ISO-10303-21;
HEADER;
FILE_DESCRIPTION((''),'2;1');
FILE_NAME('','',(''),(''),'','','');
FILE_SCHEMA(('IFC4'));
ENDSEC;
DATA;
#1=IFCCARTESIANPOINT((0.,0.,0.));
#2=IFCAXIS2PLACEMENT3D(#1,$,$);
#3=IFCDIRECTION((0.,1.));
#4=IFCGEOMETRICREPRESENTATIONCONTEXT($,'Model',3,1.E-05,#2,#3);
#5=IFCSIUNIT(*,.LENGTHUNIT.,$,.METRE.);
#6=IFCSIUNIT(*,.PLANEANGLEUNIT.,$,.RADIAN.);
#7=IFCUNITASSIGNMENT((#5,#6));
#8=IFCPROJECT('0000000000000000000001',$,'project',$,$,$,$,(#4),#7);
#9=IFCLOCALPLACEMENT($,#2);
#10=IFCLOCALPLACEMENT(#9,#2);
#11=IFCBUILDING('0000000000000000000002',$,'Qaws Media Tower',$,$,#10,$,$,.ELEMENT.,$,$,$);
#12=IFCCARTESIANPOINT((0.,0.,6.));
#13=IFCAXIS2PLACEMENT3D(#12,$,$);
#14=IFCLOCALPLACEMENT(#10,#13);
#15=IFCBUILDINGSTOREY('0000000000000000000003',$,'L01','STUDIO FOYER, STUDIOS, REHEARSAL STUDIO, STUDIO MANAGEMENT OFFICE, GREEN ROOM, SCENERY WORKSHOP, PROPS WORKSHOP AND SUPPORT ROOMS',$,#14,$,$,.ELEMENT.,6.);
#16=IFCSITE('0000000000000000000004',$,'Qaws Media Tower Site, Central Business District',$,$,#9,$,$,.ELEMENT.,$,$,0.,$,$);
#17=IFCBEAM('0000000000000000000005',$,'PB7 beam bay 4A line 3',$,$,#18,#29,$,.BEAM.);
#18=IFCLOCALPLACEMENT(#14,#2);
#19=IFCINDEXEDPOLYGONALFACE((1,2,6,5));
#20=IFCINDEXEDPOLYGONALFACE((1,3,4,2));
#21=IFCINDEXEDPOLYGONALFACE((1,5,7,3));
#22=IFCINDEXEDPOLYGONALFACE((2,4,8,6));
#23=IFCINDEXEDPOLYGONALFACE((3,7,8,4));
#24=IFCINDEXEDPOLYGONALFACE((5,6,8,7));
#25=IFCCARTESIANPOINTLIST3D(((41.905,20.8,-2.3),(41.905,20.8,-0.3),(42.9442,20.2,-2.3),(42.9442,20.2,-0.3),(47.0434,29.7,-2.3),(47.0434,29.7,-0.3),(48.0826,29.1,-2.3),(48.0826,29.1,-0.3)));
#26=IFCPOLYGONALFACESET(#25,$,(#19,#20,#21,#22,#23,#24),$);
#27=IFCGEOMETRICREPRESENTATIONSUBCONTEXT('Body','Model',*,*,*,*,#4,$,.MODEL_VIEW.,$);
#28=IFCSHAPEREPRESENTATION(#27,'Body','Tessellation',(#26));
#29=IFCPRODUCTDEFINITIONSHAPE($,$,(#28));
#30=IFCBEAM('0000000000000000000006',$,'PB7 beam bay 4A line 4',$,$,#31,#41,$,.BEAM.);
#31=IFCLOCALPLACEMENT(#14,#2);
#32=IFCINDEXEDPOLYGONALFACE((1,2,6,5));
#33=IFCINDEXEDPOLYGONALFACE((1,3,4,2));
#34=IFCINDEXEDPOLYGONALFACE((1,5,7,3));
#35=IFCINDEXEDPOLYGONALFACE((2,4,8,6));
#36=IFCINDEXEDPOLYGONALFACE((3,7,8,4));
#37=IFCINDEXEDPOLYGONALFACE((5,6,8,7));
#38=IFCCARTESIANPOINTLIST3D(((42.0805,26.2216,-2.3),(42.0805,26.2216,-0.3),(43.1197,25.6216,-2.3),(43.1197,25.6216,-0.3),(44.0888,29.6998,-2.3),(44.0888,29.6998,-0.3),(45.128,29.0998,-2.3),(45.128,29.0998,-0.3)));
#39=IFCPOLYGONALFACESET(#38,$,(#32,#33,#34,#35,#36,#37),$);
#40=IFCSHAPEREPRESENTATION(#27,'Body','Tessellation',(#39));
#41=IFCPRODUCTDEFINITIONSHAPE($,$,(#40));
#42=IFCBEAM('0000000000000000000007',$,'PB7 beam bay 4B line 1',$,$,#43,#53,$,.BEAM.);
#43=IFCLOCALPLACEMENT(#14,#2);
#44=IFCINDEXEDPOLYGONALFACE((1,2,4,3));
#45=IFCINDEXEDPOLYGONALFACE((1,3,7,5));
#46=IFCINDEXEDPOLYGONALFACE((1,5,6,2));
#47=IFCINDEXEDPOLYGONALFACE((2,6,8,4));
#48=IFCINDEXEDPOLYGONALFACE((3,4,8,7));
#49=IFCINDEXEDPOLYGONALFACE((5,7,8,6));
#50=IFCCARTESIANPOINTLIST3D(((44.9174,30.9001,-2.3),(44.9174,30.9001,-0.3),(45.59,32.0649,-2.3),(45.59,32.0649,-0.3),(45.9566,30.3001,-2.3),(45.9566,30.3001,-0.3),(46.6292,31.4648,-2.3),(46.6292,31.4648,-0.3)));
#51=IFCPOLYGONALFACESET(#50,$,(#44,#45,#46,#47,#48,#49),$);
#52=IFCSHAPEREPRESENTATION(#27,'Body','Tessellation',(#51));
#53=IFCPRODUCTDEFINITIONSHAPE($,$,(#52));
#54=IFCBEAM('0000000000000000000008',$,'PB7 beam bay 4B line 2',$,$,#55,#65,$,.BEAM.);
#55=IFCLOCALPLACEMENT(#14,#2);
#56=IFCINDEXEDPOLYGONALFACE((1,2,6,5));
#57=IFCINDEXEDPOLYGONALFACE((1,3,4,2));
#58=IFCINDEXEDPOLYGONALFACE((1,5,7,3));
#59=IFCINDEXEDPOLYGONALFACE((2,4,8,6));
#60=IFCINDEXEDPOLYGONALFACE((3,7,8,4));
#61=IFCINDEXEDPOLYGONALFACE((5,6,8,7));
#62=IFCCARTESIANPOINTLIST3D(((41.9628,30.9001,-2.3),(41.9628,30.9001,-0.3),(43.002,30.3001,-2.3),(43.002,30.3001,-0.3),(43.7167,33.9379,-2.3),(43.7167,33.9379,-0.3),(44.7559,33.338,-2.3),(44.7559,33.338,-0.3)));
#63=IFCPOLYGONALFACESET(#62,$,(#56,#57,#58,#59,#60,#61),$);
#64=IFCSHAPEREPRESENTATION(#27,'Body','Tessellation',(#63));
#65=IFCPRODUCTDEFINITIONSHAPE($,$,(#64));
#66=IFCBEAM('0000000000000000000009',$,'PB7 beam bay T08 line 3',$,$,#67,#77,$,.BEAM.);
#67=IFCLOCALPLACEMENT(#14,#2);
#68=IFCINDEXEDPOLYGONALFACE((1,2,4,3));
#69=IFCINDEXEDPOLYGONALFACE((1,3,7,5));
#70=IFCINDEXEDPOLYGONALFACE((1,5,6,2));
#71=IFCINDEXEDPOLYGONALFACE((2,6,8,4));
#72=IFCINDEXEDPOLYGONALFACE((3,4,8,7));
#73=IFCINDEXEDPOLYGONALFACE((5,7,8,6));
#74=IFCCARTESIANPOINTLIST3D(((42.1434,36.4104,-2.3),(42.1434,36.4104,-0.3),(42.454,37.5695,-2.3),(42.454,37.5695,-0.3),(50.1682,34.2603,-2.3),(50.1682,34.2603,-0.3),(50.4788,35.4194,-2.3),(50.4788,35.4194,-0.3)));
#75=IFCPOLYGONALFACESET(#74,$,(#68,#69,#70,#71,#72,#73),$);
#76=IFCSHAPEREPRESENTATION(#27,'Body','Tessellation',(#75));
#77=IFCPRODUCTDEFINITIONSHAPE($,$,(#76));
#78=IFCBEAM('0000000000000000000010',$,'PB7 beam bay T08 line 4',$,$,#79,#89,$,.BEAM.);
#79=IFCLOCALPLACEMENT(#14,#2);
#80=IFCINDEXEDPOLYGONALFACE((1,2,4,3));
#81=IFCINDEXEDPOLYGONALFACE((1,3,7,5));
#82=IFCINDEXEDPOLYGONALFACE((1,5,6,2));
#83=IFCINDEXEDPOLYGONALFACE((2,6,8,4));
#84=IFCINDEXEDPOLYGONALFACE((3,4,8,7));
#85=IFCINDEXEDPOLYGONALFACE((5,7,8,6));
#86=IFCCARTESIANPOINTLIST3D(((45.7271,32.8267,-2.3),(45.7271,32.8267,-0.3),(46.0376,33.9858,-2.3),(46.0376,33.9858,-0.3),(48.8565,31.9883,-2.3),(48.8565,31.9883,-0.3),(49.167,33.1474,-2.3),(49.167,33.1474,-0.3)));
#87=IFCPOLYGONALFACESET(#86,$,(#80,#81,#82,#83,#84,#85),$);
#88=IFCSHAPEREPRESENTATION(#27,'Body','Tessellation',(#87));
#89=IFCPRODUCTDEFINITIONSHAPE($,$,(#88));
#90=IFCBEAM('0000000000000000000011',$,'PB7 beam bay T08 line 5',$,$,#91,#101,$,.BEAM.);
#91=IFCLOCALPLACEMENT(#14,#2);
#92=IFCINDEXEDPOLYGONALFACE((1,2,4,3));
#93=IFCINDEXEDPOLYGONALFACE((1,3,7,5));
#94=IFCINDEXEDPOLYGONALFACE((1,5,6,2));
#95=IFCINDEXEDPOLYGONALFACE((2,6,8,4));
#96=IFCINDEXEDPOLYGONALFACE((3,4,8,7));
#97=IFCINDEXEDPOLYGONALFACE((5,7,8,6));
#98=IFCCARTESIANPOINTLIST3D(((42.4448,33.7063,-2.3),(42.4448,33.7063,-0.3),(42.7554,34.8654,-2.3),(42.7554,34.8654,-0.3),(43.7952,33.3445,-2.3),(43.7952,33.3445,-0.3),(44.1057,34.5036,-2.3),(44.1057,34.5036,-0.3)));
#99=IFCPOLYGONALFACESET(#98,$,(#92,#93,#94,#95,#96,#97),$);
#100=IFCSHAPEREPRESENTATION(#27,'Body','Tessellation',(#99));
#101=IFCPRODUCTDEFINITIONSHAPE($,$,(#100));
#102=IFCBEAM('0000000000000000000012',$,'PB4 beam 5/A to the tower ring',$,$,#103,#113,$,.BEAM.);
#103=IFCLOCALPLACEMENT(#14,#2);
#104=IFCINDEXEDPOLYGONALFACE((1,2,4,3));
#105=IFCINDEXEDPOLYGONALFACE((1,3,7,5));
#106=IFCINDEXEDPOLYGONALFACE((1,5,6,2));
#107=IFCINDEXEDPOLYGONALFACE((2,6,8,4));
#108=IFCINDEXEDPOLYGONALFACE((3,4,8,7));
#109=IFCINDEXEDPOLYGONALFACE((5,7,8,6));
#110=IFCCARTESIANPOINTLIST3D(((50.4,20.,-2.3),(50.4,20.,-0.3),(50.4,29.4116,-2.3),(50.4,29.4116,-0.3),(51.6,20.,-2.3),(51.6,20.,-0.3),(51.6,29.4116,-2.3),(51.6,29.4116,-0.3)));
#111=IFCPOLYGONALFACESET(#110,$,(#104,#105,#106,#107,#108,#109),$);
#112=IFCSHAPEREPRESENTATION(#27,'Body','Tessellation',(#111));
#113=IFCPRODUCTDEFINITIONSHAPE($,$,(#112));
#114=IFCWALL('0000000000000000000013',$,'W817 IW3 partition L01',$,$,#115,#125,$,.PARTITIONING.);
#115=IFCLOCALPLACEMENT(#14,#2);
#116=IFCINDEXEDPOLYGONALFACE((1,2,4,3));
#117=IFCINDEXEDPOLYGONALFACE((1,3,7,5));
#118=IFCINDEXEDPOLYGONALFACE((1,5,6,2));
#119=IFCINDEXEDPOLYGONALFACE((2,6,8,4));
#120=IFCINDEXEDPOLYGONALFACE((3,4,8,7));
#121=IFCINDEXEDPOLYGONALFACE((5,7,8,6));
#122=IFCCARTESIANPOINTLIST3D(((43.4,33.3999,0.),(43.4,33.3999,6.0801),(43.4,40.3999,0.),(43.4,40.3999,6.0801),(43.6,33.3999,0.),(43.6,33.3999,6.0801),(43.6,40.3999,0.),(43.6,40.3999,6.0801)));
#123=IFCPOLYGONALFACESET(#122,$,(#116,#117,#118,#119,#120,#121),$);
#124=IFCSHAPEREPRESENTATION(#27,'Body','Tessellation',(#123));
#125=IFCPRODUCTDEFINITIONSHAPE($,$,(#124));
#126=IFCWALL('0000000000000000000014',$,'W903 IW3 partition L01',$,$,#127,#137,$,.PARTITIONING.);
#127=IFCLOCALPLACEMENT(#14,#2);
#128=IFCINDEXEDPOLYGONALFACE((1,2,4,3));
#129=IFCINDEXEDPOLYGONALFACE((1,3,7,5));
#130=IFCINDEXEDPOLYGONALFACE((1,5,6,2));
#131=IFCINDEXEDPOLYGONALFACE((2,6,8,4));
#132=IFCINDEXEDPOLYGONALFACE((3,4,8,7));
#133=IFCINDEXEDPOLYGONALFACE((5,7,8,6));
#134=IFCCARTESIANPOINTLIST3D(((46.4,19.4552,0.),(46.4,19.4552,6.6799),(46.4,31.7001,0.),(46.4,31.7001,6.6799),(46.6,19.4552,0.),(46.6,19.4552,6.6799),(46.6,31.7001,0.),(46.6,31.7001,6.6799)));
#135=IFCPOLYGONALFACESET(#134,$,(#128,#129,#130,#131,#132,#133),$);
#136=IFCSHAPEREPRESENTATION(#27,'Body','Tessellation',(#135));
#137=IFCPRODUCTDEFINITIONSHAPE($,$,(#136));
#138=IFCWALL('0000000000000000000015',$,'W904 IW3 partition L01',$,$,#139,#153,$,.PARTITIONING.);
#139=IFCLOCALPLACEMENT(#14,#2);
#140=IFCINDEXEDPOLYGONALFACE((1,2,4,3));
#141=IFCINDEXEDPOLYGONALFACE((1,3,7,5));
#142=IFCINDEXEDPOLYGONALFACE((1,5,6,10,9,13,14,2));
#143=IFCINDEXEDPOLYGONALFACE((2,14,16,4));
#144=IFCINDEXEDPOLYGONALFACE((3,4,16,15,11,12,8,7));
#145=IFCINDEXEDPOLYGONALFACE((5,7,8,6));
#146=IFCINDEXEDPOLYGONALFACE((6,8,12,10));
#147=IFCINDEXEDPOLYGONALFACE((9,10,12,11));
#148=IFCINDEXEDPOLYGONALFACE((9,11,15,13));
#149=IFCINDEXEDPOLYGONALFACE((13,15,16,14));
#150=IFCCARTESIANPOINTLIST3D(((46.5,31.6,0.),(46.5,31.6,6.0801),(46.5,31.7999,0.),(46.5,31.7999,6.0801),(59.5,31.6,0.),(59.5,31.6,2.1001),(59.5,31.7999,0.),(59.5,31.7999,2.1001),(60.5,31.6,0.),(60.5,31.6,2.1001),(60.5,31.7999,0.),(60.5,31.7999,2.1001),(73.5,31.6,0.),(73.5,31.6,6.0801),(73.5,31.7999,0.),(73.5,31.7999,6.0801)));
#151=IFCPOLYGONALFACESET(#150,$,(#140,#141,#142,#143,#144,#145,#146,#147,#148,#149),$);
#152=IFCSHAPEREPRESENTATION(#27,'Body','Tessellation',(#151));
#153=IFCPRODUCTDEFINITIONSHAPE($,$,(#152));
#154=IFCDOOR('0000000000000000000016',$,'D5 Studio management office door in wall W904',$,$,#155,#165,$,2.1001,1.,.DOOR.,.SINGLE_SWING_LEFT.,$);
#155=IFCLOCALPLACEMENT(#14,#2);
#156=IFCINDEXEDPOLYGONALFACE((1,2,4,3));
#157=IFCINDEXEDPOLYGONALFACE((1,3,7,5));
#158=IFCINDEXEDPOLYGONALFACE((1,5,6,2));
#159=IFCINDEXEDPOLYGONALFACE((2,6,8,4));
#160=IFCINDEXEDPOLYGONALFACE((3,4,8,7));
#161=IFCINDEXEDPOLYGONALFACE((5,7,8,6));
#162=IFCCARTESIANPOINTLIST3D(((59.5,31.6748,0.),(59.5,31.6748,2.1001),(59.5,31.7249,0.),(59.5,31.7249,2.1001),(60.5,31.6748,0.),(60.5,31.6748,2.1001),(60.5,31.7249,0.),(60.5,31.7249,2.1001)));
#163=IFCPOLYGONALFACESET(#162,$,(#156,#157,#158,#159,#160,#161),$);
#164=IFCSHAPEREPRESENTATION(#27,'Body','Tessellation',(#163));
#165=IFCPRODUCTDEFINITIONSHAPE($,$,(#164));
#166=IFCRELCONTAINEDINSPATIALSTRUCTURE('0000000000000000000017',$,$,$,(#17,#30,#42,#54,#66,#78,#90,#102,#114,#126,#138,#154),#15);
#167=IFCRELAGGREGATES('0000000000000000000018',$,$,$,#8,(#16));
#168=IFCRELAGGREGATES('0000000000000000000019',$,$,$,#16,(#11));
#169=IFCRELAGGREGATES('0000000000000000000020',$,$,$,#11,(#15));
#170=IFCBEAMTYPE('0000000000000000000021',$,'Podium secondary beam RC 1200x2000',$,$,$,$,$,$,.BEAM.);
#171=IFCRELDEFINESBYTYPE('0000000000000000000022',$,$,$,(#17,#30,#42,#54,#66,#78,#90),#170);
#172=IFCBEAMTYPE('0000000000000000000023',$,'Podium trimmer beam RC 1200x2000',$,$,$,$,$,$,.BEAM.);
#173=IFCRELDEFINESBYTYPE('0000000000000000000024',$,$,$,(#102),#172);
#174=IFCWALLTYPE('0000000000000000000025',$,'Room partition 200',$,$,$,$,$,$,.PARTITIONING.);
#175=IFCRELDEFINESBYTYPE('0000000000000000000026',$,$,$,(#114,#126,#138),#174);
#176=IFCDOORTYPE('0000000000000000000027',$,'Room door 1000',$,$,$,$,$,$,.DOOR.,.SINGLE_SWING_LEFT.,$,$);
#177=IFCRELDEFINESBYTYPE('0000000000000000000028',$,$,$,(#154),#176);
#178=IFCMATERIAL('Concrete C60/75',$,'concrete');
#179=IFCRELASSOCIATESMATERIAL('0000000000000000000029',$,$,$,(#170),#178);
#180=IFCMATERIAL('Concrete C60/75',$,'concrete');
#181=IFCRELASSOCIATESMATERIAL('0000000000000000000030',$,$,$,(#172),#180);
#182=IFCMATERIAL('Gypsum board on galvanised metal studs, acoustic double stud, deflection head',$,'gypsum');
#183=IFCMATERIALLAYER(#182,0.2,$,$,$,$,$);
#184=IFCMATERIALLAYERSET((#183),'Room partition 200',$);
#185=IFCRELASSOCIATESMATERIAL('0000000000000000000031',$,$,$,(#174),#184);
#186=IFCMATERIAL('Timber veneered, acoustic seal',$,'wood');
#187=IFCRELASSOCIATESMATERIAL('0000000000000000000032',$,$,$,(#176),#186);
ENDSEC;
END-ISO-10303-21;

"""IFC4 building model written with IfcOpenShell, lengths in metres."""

from ifc_helpers import new_model, si_unit, direction, frame, frame_2d, origin, origin_2d, place, context, subcontext, project, spatial, rectangle, extrude, material, layer, layer_set, material_profile, profile_set, type_object, element, fill, save


model = new_model("IFC4")

# Units and contexts
model_context = context("Model", 3, precision=1e-05, world=origin(), true_north=direction((0.0, 1.0)))
body_context = subcontext(model_context, "Body", "Model", "MODEL_VIEW")
ifc_project = project(units=[si_unit("LENGTHUNIT", "METRE"), si_unit("PLANEANGLEUNIT", "RADIAN")], contexts=[model_context])

# Site, building, storey
site_placement = place(None, origin())
site = spatial("IfcSite", under=ifc_project, at=site_placement, Name="Qaws Media Tower Site, Central Business District", CompositionType="ELEMENT", RefElevation=0.0)
building_placement = place(site_placement, origin())
building = spatial("IfcBuilding", under=site, at=building_placement, Name="Qaws Media Tower", CompositionType="ELEMENT")
storey_placement = place(building_placement, frame((0.0, 0.0, 6.0)))
storey = spatial("IfcBuildingStorey", under=building, at=storey_placement, Name="L01", Description="STUDIO FOYER, STUDIOS, REHEARSAL STUDIO, STUDIO MANAGEMENT OFFICE, GREEN ROOM, SCENERY WORKSHOP, PROPS WORKSHOP AND SUPPORT ROOMS", CompositionType="ELEMENT", Elevation=6.0)

# Beams
ifc_material_1 = material(Name="Concrete C60/75", Category="concrete")
ifc_material_profile_1 = material_profile(ifc_material_1, rectangle(XDim=1.2, YDim=2.0, at=origin_2d()), Name="RC 1200x2000")
ifc_profile_set_1 = profile_set([ifc_material_profile_1], Name="Concrete C60/75")
beam_type_1 = type_object("IfcBeamType", Name="Podium secondary beam RC 1200x2000", PredefinedType="BEAM", material=ifc_profile_set_1)
beam_1_placement = place(storey_placement, frame((42.4246, 20.5, -1.3), z_axis=(0.500005, 0.866023, 0.0), x_axis=(-0.866023, 0.500005, 0.0)))
element("IfcBeam", 1, at=beam_1_placement, inside=storey, type_object=beam_type_1, Name="PB7 beam bay 4A line 3", PredefinedType="BEAM", context=body_context, shape_type="SweptSolid", body=[
    extrude(rectangle(XDim=1.2, YDim=2.0, at=origin_2d()), origin(), (0.0, 0.0, 1.0), 10.2769),
])
beam_2_placement = place(storey_placement, frame((42.6001, 25.9216, -1.3), z_axis=(0.500022, 0.866012, 0.0), x_axis=(-0.866012, 0.500022, 0.0)))
element("IfcBeam", 2, at=beam_2_placement, inside=storey, type_object=beam_type_1, Name="PB7 beam bay 4A line 4", PredefinedType="BEAM", context=body_context, shape_type="SweptSolid", body=[
    extrude(rectangle(XDim=1.2, YDim=2.0, at=origin_2d()), origin(), (0.0, 0.0, 1.0), 4.0164),
])
beam_3_placement = place(storey_placement, frame((45.437, 30.6001, -1.3), z_axis=(0.500063, 0.865989, 0.0), x_axis=(-0.865989, 0.500063, 0.0)))
element("IfcBeam", 3, at=beam_3_placement, inside=storey, type_object=beam_type_1, Name="PB7 beam bay 4B line 1", PredefinedType="BEAM", context=body_context, shape_type="SweptSolid", body=[
    extrude(rectangle(XDim=1.2, YDim=2.0, at=origin_2d()), origin(), (0.0, 0.0, 1.0), 1.345),
])
beam_4_placement = place(storey_placement, frame((42.4824, 30.6001, -1.3), z_axis=(0.500002, 0.866024, 0.0), x_axis=(-0.866024, 0.500002, 0.0)))
element("IfcBeam", 4, at=beam_4_placement, inside=storey, type_object=beam_type_1, Name="PB7 beam bay 4B line 2", PredefinedType="BEAM", context=body_context, shape_type="SweptSolid", body=[
    extrude(rectangle(XDim=1.2, YDim=2.0, at=origin_2d()), origin(), (0.0, 0.0, 1.0), 3.5078),
])
beam_5_placement = place(storey_placement, frame((50.3235, 34.8398, -1.3), z_axis=(-0.965929, 0.258806, 0.0), x_axis=(-0.258806, -0.965929, 0.0)))
element("IfcBeam", 5, at=beam_5_placement, inside=storey, type_object=beam_type_1, Name="PB7 beam bay T08 line 3", PredefinedType="BEAM", context=body_context, shape_type="SweptSolid", body=[
    extrude(rectangle(XDim=1.2, YDim=2.0, at=origin_2d()), origin(), (0.0, 0.0, 1.0), 8.3079),
])
beam_6_placement = place(storey_placement, frame((49.0117, 32.5679, -1.3), z_axis=(-0.965937, 0.258779, 0.0), x_axis=(-0.258779, -0.965937, 0.0)))
element("IfcBeam", 6, at=beam_6_placement, inside=storey, type_object=beam_type_1, Name="PB7 beam bay T08 line 4", PredefinedType="BEAM", context=body_context, shape_type="SweptSolid", body=[
    extrude(rectangle(XDim=1.2, YDim=2.0, at=origin_2d()), origin(), (0.0, 0.0, 1.0), 3.2397),
])
beam_7_placement = place(storey_placement, frame((43.9504, 33.9241, -1.3), z_axis=(-0.965927, 0.258815, 0.0), x_axis=(-0.258815, -0.965927, 0.0)))
element("IfcBeam", 7, at=beam_7_placement, inside=storey, type_object=beam_type_1, Name="PB7 beam bay T08 line 5", PredefinedType="BEAM", context=body_context, shape_type="SweptSolid", body=[
    extrude(rectangle(XDim=1.2, YDim=2.0, at=origin_2d()), origin(), (0.0, 0.0, 1.0), 1.3979),
])
ifc_material_2 = material(Name="Concrete C60/75", Category="concrete")
ifc_material_profile_2 = material_profile(ifc_material_2, rectangle(XDim=1.2, YDim=2.0, at=origin_2d()), Name="RC 1200x2000")
ifc_profile_set_2 = profile_set([ifc_material_profile_2], Name="Concrete C60/75")
beam_type_2 = type_object("IfcBeamType", Name="Podium trimmer beam RC 1200x2000", PredefinedType="BEAM", material=ifc_profile_set_2)
beam_8_placement = place(storey_placement, frame((51.0, 20.0, -1.3), z_axis=(0.0, 1.0, 0.0), x_axis=(-1.0, 0.0, 0.0)))
element("IfcBeam", 8, at=beam_8_placement, inside=storey, type_object=beam_type_2, Name="PB4 beam 5/A to the tower ring", PredefinedType="BEAM", context=body_context, shape_type="SweptSolid", body=[
    extrude(rectangle(XDim=1.2, YDim=2.0, at=origin_2d()), origin(), (0.0, 0.0, 1.0), 9.4116),
])

# Walls
ifc_material_3 = material(Name="Gypsum board on galvanised metal studs, acoustic double stud, deflection head", Category="gypsum")
ifc_layer = layer(ifc_material_3, 0.2)
ifc_layer_set = layer_set([ifc_layer], Name="Room partition 200")
wall_type = type_object("IfcWallType", Name="Room partition 200", PredefinedType="PARTITIONING", material=ifc_layer_set)
wall_1_placement = place(storey_placement, frame((43.5, 33.3999, 0.0), z_axis=(0.0, 0.0, 1.0), x_axis=(0.0, 1.0, 0.0)))
element("IfcWall", 9, at=wall_1_placement, inside=storey, type_object=wall_type, Name="W817 IW3 partition L01", PredefinedType="PARTITIONING", context=body_context, shape_type="SweptSolid", body=[
    extrude(rectangle(XDim=7.0, YDim=0.2, at=frame_2d((3.5, 0.0))), origin(), (0.0, 0.0, 1.0), 6.0801),
])
wall_2_placement = place(storey_placement, frame((46.5, 19.4551, 0.0), z_axis=(0.0, 0.0, 1.0), x_axis=(0.0, 1.0, 0.0)))
element("IfcWall", 10, at=wall_2_placement, inside=storey, type_object=wall_type, Name="W903 IW3 partition L01", PredefinedType="PARTITIONING", context=body_context, shape_type="SweptSolid", body=[
    extrude(rectangle(XDim=12.2449, YDim=0.2, at=frame_2d((6.1226, 0.0))), origin(), (0.0, 0.0, 1.0), 6.6799),
])

# Wall, opening, door
wall_3_placement = place(storey_placement, frame((46.5, 31.7, 0.0), z_axis=(0.0, 0.0, 1.0), x_axis=(1.0, 0.0, 0.0)))
wall_3 = element("IfcWall", 11, at=wall_3_placement, inside=storey, type_object=wall_type, Name="W904 IW3 partition L01", PredefinedType="PARTITIONING", context=body_context, shape_type="SweptSolid", body=[
    extrude(rectangle(XDim=27.0, YDim=0.2, at=frame_2d((13.5, 0.0))), origin(), (0.0, 0.0, 1.0), 6.0801),
])
opening_1_placement = place(wall_3_placement, frame((13.0, 0.0, 0.0)))
opening_1 = element("IfcOpeningElement", 12, at=opening_1_placement, cuts=wall_3, PredefinedType="OPENING", context=body_context, shape_type="SweptSolid", body=[
    extrude(rectangle(XDim=1.0, YDim=2.1001, at=frame_2d((0.5, 1.05))), frame((0.0, 0.1099, 0.0), z_axis=(0.0, -1.0, 0.0), x_axis=(1.0, 0.0, 0.0)), (0.0, 0.0, 1.0), 0.22),
])
ifc_material_4 = material(Name="Timber veneered, acoustic seal", Category="wood")
door_type = type_object("IfcDoorType", Name="Room door 1000", OperationType="SINGLE_SWING_LEFT", PredefinedType="DOOR", material=ifc_material_4)
door_1_placement = place(opening_1_placement, origin())
door_1 = element("IfcDoor", 13, at=door_1_placement, inside=storey, type_object=door_type, Name="D5 Studio management office door in wall W904", OperationType="SINGLE_SWING_LEFT", OverallHeight=2.1001, OverallWidth=1.0, PredefinedType="DOOR", context=body_context, shape_type="SweptSolid", body=[
    extrude(rectangle(XDim=1.0, YDim=2.1001, at=frame_2d((0.5, 1.05))), frame((0.0, 0.0249, 0.0), z_axis=(0.0, -1.0, 0.0), x_axis=(1.0, 0.0, 0.0)), (0.0, 0.0, 1.0), 0.05),
])
fill(opening_1, door_1)

save(model, "model.ifc")
